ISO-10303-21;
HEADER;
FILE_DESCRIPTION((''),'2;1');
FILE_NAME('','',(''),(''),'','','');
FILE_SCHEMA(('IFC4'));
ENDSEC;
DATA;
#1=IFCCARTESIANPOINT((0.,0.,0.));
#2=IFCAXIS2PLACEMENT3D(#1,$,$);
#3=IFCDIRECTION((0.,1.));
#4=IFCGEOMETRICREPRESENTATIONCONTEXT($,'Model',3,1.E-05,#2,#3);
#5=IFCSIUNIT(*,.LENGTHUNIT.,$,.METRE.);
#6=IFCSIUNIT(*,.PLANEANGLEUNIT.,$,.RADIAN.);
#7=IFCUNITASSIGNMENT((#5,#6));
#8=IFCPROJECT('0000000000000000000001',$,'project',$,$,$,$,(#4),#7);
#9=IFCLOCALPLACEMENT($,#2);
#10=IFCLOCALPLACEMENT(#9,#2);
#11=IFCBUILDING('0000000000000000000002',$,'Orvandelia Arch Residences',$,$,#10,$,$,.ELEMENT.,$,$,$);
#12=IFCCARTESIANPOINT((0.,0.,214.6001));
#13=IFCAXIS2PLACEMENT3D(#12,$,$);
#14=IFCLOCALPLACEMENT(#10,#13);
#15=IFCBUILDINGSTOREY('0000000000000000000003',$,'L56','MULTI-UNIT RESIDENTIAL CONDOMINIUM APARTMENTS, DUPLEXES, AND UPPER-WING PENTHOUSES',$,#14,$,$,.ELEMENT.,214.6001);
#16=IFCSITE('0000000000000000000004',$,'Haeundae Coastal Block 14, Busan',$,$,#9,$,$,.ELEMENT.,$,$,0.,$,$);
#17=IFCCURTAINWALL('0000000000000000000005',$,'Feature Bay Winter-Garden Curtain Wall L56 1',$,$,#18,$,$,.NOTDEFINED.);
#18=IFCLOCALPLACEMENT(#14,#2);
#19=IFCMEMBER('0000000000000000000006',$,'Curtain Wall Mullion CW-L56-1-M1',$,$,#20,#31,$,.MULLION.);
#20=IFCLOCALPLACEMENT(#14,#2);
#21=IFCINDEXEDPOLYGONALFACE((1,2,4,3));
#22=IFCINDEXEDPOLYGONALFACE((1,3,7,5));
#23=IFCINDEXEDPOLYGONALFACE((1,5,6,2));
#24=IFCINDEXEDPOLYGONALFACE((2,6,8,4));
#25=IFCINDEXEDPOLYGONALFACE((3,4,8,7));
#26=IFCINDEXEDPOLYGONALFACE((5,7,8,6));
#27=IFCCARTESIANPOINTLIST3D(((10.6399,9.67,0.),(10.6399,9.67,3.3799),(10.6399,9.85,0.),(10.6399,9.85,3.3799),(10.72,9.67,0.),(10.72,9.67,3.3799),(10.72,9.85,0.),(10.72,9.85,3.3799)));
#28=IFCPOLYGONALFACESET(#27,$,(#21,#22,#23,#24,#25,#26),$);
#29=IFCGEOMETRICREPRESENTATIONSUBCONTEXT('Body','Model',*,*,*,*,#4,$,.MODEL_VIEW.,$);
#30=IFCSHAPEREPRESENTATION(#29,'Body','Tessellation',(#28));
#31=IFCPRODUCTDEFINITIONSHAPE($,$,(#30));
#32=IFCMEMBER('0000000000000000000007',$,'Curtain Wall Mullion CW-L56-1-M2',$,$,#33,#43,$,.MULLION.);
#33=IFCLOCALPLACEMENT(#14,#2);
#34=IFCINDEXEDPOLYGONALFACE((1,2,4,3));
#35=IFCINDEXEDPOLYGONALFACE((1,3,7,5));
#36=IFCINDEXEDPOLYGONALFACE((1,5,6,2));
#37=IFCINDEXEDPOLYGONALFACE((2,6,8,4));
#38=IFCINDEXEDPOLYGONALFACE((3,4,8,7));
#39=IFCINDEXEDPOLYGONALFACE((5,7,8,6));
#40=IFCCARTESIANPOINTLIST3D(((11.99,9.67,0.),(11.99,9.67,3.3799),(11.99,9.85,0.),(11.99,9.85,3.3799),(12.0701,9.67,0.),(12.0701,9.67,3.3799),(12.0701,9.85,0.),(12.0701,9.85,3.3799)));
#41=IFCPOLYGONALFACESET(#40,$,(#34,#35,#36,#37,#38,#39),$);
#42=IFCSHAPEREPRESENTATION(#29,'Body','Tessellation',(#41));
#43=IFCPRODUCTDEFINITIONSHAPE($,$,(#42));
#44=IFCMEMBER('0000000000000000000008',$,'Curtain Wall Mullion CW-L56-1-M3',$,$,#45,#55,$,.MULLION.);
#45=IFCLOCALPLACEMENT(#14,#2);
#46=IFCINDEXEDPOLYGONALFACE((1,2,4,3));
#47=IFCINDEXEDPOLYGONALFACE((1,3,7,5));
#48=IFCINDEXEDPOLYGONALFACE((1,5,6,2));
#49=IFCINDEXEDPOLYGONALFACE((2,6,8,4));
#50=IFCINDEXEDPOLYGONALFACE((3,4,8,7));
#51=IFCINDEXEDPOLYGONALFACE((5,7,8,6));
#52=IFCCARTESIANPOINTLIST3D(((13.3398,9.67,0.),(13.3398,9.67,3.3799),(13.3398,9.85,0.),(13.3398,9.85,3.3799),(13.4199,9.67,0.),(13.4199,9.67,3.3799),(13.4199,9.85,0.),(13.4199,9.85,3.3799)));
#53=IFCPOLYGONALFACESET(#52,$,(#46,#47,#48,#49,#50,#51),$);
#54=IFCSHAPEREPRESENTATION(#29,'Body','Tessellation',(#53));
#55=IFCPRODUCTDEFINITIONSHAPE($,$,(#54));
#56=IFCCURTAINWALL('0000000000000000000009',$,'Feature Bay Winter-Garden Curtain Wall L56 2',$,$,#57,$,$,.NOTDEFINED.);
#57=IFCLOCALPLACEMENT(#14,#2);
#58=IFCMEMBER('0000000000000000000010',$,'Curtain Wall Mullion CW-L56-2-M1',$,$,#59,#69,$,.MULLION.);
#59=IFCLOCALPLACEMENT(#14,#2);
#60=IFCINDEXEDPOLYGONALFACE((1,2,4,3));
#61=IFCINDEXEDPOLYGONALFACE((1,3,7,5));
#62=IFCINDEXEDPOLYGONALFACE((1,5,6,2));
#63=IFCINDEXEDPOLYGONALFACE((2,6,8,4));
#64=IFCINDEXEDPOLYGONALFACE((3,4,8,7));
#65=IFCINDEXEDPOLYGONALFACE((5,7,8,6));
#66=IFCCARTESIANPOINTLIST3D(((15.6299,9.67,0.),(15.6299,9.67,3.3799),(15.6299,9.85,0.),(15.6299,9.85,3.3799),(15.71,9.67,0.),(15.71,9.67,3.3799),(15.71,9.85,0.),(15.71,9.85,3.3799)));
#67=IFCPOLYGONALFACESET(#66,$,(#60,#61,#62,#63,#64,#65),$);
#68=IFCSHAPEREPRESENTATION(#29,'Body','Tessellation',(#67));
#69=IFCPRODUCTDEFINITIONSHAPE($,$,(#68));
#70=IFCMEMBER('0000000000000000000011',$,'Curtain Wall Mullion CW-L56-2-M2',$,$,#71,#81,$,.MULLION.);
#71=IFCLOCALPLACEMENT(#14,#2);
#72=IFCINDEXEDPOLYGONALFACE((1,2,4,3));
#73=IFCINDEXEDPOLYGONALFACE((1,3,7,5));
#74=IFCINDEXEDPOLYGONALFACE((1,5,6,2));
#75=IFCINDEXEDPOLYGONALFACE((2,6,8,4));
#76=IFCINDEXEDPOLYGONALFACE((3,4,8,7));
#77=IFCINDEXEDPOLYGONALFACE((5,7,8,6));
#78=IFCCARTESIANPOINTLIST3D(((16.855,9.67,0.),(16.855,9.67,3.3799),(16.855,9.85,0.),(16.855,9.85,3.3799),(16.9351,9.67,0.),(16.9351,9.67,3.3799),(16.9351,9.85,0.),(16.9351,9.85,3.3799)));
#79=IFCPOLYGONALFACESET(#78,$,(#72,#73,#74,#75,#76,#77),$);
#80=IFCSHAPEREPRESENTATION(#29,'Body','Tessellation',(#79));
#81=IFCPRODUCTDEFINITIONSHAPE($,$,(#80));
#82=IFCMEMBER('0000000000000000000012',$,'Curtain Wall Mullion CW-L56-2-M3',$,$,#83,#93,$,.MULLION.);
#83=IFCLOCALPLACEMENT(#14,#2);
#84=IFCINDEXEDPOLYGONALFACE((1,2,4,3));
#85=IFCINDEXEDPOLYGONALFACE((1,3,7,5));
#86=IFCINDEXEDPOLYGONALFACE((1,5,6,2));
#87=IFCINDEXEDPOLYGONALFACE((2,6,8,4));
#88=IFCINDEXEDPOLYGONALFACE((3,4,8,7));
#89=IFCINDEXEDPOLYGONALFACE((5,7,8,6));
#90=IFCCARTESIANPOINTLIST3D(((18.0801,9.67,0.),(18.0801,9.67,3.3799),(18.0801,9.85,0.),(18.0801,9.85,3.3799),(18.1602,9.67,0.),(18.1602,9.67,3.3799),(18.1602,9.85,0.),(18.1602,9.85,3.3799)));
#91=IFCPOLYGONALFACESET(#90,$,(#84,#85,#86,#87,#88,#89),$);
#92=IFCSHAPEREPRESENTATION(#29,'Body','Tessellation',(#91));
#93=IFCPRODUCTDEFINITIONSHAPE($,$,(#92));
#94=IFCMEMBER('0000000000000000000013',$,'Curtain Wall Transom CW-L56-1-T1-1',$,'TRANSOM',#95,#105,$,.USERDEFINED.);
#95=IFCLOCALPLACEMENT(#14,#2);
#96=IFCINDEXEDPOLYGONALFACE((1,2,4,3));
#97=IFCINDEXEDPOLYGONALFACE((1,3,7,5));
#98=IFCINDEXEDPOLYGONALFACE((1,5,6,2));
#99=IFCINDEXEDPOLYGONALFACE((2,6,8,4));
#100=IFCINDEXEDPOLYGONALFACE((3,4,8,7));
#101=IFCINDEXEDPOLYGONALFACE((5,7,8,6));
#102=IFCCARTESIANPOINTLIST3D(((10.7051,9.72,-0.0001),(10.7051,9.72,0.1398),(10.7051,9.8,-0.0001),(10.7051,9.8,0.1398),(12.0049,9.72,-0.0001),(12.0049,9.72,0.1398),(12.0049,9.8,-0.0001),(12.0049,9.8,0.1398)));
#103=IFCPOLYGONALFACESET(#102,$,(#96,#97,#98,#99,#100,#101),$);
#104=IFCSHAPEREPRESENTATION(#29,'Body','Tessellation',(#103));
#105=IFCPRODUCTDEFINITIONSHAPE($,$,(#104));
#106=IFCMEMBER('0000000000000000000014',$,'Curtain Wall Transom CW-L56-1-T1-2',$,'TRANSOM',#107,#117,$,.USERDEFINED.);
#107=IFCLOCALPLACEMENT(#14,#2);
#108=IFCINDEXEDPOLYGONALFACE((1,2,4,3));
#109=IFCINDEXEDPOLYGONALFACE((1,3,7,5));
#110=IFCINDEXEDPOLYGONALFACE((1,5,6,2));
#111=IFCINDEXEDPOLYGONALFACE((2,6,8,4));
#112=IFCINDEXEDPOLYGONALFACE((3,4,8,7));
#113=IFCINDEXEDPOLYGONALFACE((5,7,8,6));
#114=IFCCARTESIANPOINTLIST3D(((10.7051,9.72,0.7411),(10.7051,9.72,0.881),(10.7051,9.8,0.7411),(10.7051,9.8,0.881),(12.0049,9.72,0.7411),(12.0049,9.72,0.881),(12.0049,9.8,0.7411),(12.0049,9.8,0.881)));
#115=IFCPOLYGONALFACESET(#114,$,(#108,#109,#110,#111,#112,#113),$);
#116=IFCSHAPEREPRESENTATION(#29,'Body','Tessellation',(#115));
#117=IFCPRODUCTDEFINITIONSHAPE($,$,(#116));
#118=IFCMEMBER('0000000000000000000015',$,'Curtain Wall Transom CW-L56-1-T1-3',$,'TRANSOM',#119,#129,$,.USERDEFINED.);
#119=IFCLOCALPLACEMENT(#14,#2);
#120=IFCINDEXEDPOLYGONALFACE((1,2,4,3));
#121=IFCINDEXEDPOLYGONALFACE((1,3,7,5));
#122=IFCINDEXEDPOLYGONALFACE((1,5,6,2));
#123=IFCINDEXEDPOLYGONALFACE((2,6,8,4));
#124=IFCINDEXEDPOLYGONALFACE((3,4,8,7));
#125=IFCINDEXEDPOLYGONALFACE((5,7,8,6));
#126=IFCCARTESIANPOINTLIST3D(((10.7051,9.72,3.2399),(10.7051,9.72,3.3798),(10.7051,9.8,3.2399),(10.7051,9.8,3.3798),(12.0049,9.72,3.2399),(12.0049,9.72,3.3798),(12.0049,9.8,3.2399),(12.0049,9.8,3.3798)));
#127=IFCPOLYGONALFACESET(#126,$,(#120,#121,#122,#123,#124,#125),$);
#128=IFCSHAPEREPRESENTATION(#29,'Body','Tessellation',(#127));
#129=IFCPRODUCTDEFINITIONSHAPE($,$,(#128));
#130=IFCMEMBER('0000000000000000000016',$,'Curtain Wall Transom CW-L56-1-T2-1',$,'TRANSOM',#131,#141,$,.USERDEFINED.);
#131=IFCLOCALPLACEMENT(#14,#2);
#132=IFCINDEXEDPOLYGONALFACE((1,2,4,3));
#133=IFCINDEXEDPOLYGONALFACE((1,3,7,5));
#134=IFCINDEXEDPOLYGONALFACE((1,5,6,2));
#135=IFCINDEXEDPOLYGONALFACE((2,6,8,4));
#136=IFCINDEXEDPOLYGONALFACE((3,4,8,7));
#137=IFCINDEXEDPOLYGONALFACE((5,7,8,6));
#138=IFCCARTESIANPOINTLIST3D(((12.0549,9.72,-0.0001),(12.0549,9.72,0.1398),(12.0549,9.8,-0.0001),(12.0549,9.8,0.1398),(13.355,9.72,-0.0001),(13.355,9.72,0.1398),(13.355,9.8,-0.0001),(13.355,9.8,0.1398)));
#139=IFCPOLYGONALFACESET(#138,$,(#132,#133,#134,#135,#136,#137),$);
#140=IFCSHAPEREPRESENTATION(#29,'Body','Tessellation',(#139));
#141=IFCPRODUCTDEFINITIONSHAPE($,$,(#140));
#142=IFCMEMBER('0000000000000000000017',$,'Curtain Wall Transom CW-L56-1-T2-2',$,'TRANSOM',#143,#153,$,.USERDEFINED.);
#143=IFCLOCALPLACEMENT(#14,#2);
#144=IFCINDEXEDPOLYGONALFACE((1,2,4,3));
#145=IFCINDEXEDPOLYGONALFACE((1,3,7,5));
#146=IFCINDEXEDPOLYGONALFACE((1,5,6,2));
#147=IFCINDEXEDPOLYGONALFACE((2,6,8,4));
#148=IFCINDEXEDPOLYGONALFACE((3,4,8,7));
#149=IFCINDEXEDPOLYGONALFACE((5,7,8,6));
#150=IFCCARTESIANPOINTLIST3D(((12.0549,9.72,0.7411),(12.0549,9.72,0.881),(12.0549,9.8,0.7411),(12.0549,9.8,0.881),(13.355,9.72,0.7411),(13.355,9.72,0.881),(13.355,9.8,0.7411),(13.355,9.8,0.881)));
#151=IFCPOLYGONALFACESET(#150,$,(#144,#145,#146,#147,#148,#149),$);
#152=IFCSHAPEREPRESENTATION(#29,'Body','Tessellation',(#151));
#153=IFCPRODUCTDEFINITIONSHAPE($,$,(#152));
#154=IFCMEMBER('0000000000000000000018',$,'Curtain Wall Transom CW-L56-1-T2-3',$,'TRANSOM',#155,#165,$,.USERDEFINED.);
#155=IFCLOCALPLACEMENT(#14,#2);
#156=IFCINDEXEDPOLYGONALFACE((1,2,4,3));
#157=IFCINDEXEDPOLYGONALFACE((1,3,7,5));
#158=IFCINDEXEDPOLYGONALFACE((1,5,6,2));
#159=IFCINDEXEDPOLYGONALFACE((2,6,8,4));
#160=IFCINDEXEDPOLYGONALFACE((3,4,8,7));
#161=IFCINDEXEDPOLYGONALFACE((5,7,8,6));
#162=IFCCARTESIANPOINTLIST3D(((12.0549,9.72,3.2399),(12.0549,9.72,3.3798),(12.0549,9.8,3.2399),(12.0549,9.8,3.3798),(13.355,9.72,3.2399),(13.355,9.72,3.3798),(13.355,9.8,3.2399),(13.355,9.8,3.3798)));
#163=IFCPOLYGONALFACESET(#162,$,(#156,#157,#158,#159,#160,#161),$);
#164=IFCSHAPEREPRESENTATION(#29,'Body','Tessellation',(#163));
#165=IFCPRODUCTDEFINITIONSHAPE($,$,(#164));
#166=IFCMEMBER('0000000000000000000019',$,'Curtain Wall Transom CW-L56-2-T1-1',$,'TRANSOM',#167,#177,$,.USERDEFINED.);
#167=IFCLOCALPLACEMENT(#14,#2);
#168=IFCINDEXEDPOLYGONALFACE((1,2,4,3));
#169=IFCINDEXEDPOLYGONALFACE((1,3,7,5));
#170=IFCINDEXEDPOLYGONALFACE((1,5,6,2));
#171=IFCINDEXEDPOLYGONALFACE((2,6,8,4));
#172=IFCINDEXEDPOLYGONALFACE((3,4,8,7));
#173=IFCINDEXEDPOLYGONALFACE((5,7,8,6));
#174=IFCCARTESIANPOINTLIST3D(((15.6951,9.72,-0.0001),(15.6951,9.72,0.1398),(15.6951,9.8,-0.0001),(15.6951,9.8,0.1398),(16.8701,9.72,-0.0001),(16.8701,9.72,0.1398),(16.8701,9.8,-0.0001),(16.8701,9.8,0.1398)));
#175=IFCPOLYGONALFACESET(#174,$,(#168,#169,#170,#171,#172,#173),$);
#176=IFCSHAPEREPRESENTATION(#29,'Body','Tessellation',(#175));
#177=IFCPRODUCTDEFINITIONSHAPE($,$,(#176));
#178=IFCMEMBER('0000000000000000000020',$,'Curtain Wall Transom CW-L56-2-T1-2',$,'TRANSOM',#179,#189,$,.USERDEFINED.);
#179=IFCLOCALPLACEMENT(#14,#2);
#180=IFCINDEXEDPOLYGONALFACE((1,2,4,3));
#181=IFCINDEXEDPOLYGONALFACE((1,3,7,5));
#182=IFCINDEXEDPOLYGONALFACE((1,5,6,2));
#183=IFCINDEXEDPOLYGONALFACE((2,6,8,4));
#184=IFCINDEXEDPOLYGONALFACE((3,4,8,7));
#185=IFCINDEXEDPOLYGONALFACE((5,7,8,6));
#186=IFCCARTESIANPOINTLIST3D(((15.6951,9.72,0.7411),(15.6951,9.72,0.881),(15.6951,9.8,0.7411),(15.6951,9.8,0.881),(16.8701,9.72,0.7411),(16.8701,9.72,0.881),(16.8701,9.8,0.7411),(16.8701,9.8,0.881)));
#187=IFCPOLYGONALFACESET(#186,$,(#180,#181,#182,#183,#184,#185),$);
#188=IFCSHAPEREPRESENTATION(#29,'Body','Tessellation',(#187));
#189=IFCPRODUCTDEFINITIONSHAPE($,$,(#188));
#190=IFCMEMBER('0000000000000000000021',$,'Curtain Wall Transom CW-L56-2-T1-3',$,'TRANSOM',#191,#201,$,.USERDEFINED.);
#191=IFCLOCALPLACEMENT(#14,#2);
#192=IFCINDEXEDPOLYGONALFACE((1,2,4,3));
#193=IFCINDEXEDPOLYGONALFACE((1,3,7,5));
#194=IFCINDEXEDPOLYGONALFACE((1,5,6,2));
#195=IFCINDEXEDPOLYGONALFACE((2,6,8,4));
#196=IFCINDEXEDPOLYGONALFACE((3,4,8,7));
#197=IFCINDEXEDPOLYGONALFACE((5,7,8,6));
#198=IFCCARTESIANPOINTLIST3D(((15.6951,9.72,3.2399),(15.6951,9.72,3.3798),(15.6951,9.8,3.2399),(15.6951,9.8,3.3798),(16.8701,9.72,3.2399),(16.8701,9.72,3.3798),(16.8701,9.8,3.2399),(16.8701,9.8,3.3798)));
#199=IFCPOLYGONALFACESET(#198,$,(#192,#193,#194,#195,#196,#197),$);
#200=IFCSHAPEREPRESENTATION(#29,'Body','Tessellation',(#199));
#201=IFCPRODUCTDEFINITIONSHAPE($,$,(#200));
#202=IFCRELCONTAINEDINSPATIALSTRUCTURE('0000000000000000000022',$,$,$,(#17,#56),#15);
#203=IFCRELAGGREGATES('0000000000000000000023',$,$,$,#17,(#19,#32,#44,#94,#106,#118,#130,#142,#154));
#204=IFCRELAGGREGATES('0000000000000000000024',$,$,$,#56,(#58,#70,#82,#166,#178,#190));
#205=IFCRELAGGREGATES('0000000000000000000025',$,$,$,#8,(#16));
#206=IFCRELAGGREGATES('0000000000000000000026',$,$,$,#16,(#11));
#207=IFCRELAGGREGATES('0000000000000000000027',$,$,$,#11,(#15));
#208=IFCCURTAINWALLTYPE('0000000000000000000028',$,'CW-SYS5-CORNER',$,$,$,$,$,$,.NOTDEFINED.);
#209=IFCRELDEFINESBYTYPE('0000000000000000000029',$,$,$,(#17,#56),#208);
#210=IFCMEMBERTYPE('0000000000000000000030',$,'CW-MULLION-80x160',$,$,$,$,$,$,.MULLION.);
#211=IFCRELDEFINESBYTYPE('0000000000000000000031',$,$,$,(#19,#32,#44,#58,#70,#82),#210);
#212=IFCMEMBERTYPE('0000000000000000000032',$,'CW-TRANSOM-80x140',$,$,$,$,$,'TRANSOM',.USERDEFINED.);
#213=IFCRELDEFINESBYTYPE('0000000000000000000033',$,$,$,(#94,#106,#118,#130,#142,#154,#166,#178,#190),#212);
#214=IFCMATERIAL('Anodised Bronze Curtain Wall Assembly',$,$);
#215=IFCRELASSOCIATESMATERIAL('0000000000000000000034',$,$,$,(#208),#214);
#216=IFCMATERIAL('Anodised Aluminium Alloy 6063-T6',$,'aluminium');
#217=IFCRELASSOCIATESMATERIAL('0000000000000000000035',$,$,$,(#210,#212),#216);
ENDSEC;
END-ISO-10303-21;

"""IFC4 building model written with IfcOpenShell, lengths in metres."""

from ifc_helpers import new_model, si_unit, direction, frame, origin, origin_2d, place, context, subcontext, project, spatial, rectangle, extrude, material, material_profile, profile_set, type_object, element, aggregate, save


model = new_model("IFC4")

# Units and contexts
model_context = context("Model", 3, precision=1e-05, world=origin(), true_north=direction((0.0, 1.0)))
body_context = subcontext(model_context, "Body", "Model", "MODEL_VIEW")
ifc_project = project(units=[si_unit("LENGTHUNIT", "METRE"), si_unit("PLANEANGLEUNIT", "RADIAN")], contexts=[model_context])

# Site, building, storey
site_placement = place(None, origin())
site = spatial("IfcSite", under=ifc_project, at=site_placement, Name="Haeundae Coastal Block 14, Busan", CompositionType="ELEMENT", RefElevation=0.0)
building_placement = place(site_placement, origin())
building = spatial("IfcBuilding", under=site, at=building_placement, Name="Orvandelia Arch Residences", CompositionType="ELEMENT")
storey_placement = place(building_placement, frame((0.0, 0.0, 214.6001)))
storey = spatial("IfcBuildingStorey", under=building, at=storey_placement, Name="L56", Description="MULTI-UNIT RESIDENTIAL CONDOMINIUM APARTMENTS, DUPLEXES, AND UPPER-WING PENTHOUSES", CompositionType="ELEMENT", Elevation=214.6001)

# Curtain walls, members
ifc_material_1 = material(Name="Anodised Bronze Curtain Wall Assembly")
curtain_wall_type = type_object("IfcCurtainWallType", Name="CW-SYS5-CORNER", PredefinedType="NOTDEFINED", material=ifc_material_1)
curtain_wall_1_placement = place(storey_placement, origin())
curtain_wall_1 = element("IfcCurtainWall", 1, at=curtain_wall_1_placement, inside=storey, type_object=curtain_wall_type, Name="Feature Bay Winter-Garden Curtain Wall L56 1", PredefinedType="NOTDEFINED")
ifc_material_2 = material(Name="Anodised Aluminium Alloy 6063-T6", Category="aluminium")
ifc_material_profile_1 = material_profile(ifc_material_2, rectangle(XDim=0.0801, YDim=0.1799, at=origin_2d()), Name="Anodised Aluminium Alloy 6063-T6", Category="aluminium")
ifc_profile_set_1 = profile_set([ifc_material_profile_1], Name="Anodised Aluminium Alloy 6063-T6")
member_type_1 = type_object("IfcMemberType", Name="CW-MULLION-80x160", PredefinedType="MULLION", material=ifc_profile_set_1)
member_1_placement = place(storey_placement, frame((10.6799, 9.76, 0.0), z_axis=(0.0, 0.0, 1.0), x_axis=(1.0, 0.0, 0.0)))
member_1 = element("IfcMember", 2, at=member_1_placement, type_object=member_type_1, Name="Curtain Wall Mullion CW-L56-1-M1", PredefinedType="MULLION", context=body_context, shape_type="SweptSolid", body=[
    extrude(rectangle(XDim=0.0801, YDim=0.1799, at=origin_2d()), origin(), (0.0, 0.0, 1.0), 3.3799),
])
member_2_placement = place(storey_placement, frame((12.03, 9.76, 0.0), z_axis=(0.0, 0.0, 1.0), x_axis=(1.0, 0.0, 0.0)))
member_2 = element("IfcMember", 3, at=member_2_placement, type_object=member_type_1, Name="Curtain Wall Mullion CW-L56-1-M2", PredefinedType="MULLION", context=body_context, shape_type="SweptSolid", body=[
    extrude(rectangle(XDim=0.0801, YDim=0.1799, at=origin_2d()), origin(), (0.0, 0.0, 1.0), 3.3799),
])
member_3_placement = place(storey_placement, frame((13.3799, 9.76, 0.0), z_axis=(0.0, 0.0, 1.0), x_axis=(1.0, 0.0, 0.0)))
member_3 = element("IfcMember", 4, at=member_3_placement, type_object=member_type_1, Name="Curtain Wall Mullion CW-L56-1-M3", PredefinedType="MULLION", context=body_context, shape_type="SweptSolid", body=[
    extrude(rectangle(XDim=0.0801, YDim=0.1799, at=origin_2d()), origin(), (0.0, 0.0, 1.0), 3.3799),
])
curtain_wall_2_placement = place(storey_placement, origin())
curtain_wall_2 = element("IfcCurtainWall", 5, at=curtain_wall_2_placement, inside=storey, type_object=curtain_wall_type, Name="Feature Bay Winter-Garden Curtain Wall L56 2", PredefinedType="NOTDEFINED")
member_4_placement = place(storey_placement, frame((15.6699, 9.76, 0.0), z_axis=(0.0, 0.0, 1.0), x_axis=(1.0, 0.0, 0.0)))
member_4 = element("IfcMember", 6, at=member_4_placement, type_object=member_type_1, Name="Curtain Wall Mullion CW-L56-2-M1", PredefinedType="MULLION", context=body_context, shape_type="SweptSolid", body=[
    extrude(rectangle(XDim=0.0801, YDim=0.1799, at=origin_2d()), origin(), (0.0, 0.0, 1.0), 3.3799),
])
member_5_placement = place(storey_placement, frame((16.895, 9.76, 0.0), z_axis=(0.0, 0.0, 1.0), x_axis=(1.0, 0.0, 0.0)))
member_5 = element("IfcMember", 7, at=member_5_placement, type_object=member_type_1, Name="Curtain Wall Mullion CW-L56-2-M2", PredefinedType="MULLION", context=body_context, shape_type="SweptSolid", body=[
    extrude(rectangle(XDim=0.0801, YDim=0.1799, at=origin_2d()), origin(), (0.0, 0.0, 1.0), 3.3799),
])
member_6_placement = place(storey_placement, frame((18.1201, 9.76, 0.0), z_axis=(0.0, 0.0, 1.0), x_axis=(1.0, 0.0, 0.0)))
member_6 = element("IfcMember", 8, at=member_6_placement, type_object=member_type_1, Name="Curtain Wall Mullion CW-L56-2-M3", PredefinedType="MULLION", context=body_context, shape_type="SweptSolid", body=[
    extrude(rectangle(XDim=0.0801, YDim=0.1799, at=origin_2d()), origin(), (0.0, 0.0, 1.0), 3.3799),
])

# Members
ifc_material_profile_2 = material_profile(ifc_material_2, rectangle(XDim=0.0801, YDim=0.1399, at=origin_2d()), Name="Anodised Aluminium Alloy 6063-T6", Category="aluminium")
ifc_profile_set_2 = profile_set([ifc_material_profile_2], Name="Anodised Aluminium Alloy 6063-T6")
member_type_2 = type_object("IfcMemberType", Name="CW-TRANSOM-80x140", ElementType="TRANSOM", PredefinedType="USERDEFINED", material=ifc_profile_set_2)
member_7_placement = place(storey_placement, frame((10.7051, 9.76, 0.0698), z_axis=(1.0, 0.0, 0.0), x_axis=(0.0, 1.0, 0.0)))
member_7 = element("IfcMember", 9, at=member_7_placement, type_object=member_type_2, Name="Curtain Wall Transom CW-L56-1-T1-1", ObjectType="TRANSOM", PredefinedType="USERDEFINED", context=body_context, shape_type="SweptSolid", body=[
    extrude(rectangle(XDim=0.0801, YDim=0.1399, at=origin_2d()), origin(), (0.0, 0.0, 1.0), 1.2998),
])
member_8_placement = place(storey_placement, frame((10.7051, 9.76, 0.811), z_axis=(1.0, 0.0, 0.0), x_axis=(0.0, 1.0, 0.0)))
member_8 = element("IfcMember", 10, at=member_8_placement, type_object=member_type_2, Name="Curtain Wall Transom CW-L56-1-T1-2", ObjectType="TRANSOM", PredefinedType="USERDEFINED", context=body_context, shape_type="SweptSolid", body=[
    extrude(rectangle(XDim=0.0801, YDim=0.1399, at=origin_2d()), origin(), (0.0, 0.0, 1.0), 1.2998),
])
member_9_placement = place(storey_placement, frame((10.7051, 9.76, 3.3098), z_axis=(1.0, 0.0, 0.0), x_axis=(0.0, 1.0, 0.0)))
member_9 = element("IfcMember", 11, at=member_9_placement, type_object=member_type_2, Name="Curtain Wall Transom CW-L56-1-T1-3", ObjectType="TRANSOM", PredefinedType="USERDEFINED", context=body_context, shape_type="SweptSolid", body=[
    extrude(rectangle(XDim=0.0801, YDim=0.1399, at=origin_2d()), origin(), (0.0, 0.0, 1.0), 1.2998),
])
member_10_placement = place(storey_placement, frame((12.0549, 9.76, 0.0698), z_axis=(1.0, 0.0, 0.0), x_axis=(0.0, 1.0, 0.0)))
member_10 = element("IfcMember", 12, at=member_10_placement, type_object=member_type_2, Name="Curtain Wall Transom CW-L56-1-T2-1", ObjectType="TRANSOM", PredefinedType="USERDEFINED", context=body_context, shape_type="SweptSolid", body=[
    extrude(rectangle(XDim=0.0801, YDim=0.1399, at=origin_2d()), origin(), (0.0, 0.0, 1.0), 1.3),
])
member_11_placement = place(storey_placement, frame((12.0549, 9.76, 0.811), z_axis=(1.0, 0.0, 0.0), x_axis=(0.0, 1.0, 0.0)))
member_11 = element("IfcMember", 13, at=member_11_placement, type_object=member_type_2, Name="Curtain Wall Transom CW-L56-1-T2-2", ObjectType="TRANSOM", PredefinedType="USERDEFINED", context=body_context, shape_type="SweptSolid", body=[
    extrude(rectangle(XDim=0.0801, YDim=0.1399, at=origin_2d()), origin(), (0.0, 0.0, 1.0), 1.3),
])
member_12_placement = place(storey_placement, frame((12.0549, 9.76, 3.3098), z_axis=(1.0, 0.0, 0.0), x_axis=(0.0, 1.0, 0.0)))
member_12 = element("IfcMember", 14, at=member_12_placement, type_object=member_type_2, Name="Curtain Wall Transom CW-L56-1-T2-3", ObjectType="TRANSOM", PredefinedType="USERDEFINED", context=body_context, shape_type="SweptSolid", body=[
    extrude(rectangle(XDim=0.0801, YDim=0.1399, at=origin_2d()), origin(), (0.0, 0.0, 1.0), 1.3),
])
member_13_placement = place(storey_placement, frame((15.6951, 9.76, 0.0698), z_axis=(1.0, 0.0, 0.0), x_axis=(0.0, 1.0, 0.0)))
member_13 = element("IfcMember", 15, at=member_13_placement, type_object=member_type_2, Name="Curtain Wall Transom CW-L56-2-T1-1", ObjectType="TRANSOM", PredefinedType="USERDEFINED", context=body_context, shape_type="SweptSolid", body=[
    extrude(rectangle(XDim=0.0801, YDim=0.1399, at=origin_2d()), origin(), (0.0, 0.0, 1.0), 1.175),
])
member_14_placement = place(storey_placement, frame((15.6951, 9.76, 0.811), z_axis=(1.0, 0.0, 0.0), x_axis=(0.0, 1.0, 0.0)))
member_14 = element("IfcMember", 16, at=member_14_placement, type_object=member_type_2, Name="Curtain Wall Transom CW-L56-2-T1-2", ObjectType="TRANSOM", PredefinedType="USERDEFINED", context=body_context, shape_type="SweptSolid", body=[
    extrude(rectangle(XDim=0.0801, YDim=0.1399, at=origin_2d()), origin(), (0.0, 0.0, 1.0), 1.175),
])
member_15_placement = place(storey_placement, frame((15.6951, 9.76, 3.3098), z_axis=(1.0, 0.0, 0.0), x_axis=(0.0, 1.0, 0.0)))
member_15 = element("IfcMember", 17, at=member_15_placement, type_object=member_type_2, Name="Curtain Wall Transom CW-L56-2-T1-3", ObjectType="TRANSOM", PredefinedType="USERDEFINED", context=body_context, shape_type="SweptSolid", body=[
    extrude(rectangle(XDim=0.0801, YDim=0.1399, at=origin_2d()), origin(), (0.0, 0.0, 1.0), 1.175),
])

aggregate(curtain_wall_1, [member_1, member_2, member_3, member_7, member_8, member_9, member_10, member_11, member_12])
aggregate(curtain_wall_2, [member_4, member_5, member_6, member_13, member_14, member_15])

save(model, "model.ifc")
